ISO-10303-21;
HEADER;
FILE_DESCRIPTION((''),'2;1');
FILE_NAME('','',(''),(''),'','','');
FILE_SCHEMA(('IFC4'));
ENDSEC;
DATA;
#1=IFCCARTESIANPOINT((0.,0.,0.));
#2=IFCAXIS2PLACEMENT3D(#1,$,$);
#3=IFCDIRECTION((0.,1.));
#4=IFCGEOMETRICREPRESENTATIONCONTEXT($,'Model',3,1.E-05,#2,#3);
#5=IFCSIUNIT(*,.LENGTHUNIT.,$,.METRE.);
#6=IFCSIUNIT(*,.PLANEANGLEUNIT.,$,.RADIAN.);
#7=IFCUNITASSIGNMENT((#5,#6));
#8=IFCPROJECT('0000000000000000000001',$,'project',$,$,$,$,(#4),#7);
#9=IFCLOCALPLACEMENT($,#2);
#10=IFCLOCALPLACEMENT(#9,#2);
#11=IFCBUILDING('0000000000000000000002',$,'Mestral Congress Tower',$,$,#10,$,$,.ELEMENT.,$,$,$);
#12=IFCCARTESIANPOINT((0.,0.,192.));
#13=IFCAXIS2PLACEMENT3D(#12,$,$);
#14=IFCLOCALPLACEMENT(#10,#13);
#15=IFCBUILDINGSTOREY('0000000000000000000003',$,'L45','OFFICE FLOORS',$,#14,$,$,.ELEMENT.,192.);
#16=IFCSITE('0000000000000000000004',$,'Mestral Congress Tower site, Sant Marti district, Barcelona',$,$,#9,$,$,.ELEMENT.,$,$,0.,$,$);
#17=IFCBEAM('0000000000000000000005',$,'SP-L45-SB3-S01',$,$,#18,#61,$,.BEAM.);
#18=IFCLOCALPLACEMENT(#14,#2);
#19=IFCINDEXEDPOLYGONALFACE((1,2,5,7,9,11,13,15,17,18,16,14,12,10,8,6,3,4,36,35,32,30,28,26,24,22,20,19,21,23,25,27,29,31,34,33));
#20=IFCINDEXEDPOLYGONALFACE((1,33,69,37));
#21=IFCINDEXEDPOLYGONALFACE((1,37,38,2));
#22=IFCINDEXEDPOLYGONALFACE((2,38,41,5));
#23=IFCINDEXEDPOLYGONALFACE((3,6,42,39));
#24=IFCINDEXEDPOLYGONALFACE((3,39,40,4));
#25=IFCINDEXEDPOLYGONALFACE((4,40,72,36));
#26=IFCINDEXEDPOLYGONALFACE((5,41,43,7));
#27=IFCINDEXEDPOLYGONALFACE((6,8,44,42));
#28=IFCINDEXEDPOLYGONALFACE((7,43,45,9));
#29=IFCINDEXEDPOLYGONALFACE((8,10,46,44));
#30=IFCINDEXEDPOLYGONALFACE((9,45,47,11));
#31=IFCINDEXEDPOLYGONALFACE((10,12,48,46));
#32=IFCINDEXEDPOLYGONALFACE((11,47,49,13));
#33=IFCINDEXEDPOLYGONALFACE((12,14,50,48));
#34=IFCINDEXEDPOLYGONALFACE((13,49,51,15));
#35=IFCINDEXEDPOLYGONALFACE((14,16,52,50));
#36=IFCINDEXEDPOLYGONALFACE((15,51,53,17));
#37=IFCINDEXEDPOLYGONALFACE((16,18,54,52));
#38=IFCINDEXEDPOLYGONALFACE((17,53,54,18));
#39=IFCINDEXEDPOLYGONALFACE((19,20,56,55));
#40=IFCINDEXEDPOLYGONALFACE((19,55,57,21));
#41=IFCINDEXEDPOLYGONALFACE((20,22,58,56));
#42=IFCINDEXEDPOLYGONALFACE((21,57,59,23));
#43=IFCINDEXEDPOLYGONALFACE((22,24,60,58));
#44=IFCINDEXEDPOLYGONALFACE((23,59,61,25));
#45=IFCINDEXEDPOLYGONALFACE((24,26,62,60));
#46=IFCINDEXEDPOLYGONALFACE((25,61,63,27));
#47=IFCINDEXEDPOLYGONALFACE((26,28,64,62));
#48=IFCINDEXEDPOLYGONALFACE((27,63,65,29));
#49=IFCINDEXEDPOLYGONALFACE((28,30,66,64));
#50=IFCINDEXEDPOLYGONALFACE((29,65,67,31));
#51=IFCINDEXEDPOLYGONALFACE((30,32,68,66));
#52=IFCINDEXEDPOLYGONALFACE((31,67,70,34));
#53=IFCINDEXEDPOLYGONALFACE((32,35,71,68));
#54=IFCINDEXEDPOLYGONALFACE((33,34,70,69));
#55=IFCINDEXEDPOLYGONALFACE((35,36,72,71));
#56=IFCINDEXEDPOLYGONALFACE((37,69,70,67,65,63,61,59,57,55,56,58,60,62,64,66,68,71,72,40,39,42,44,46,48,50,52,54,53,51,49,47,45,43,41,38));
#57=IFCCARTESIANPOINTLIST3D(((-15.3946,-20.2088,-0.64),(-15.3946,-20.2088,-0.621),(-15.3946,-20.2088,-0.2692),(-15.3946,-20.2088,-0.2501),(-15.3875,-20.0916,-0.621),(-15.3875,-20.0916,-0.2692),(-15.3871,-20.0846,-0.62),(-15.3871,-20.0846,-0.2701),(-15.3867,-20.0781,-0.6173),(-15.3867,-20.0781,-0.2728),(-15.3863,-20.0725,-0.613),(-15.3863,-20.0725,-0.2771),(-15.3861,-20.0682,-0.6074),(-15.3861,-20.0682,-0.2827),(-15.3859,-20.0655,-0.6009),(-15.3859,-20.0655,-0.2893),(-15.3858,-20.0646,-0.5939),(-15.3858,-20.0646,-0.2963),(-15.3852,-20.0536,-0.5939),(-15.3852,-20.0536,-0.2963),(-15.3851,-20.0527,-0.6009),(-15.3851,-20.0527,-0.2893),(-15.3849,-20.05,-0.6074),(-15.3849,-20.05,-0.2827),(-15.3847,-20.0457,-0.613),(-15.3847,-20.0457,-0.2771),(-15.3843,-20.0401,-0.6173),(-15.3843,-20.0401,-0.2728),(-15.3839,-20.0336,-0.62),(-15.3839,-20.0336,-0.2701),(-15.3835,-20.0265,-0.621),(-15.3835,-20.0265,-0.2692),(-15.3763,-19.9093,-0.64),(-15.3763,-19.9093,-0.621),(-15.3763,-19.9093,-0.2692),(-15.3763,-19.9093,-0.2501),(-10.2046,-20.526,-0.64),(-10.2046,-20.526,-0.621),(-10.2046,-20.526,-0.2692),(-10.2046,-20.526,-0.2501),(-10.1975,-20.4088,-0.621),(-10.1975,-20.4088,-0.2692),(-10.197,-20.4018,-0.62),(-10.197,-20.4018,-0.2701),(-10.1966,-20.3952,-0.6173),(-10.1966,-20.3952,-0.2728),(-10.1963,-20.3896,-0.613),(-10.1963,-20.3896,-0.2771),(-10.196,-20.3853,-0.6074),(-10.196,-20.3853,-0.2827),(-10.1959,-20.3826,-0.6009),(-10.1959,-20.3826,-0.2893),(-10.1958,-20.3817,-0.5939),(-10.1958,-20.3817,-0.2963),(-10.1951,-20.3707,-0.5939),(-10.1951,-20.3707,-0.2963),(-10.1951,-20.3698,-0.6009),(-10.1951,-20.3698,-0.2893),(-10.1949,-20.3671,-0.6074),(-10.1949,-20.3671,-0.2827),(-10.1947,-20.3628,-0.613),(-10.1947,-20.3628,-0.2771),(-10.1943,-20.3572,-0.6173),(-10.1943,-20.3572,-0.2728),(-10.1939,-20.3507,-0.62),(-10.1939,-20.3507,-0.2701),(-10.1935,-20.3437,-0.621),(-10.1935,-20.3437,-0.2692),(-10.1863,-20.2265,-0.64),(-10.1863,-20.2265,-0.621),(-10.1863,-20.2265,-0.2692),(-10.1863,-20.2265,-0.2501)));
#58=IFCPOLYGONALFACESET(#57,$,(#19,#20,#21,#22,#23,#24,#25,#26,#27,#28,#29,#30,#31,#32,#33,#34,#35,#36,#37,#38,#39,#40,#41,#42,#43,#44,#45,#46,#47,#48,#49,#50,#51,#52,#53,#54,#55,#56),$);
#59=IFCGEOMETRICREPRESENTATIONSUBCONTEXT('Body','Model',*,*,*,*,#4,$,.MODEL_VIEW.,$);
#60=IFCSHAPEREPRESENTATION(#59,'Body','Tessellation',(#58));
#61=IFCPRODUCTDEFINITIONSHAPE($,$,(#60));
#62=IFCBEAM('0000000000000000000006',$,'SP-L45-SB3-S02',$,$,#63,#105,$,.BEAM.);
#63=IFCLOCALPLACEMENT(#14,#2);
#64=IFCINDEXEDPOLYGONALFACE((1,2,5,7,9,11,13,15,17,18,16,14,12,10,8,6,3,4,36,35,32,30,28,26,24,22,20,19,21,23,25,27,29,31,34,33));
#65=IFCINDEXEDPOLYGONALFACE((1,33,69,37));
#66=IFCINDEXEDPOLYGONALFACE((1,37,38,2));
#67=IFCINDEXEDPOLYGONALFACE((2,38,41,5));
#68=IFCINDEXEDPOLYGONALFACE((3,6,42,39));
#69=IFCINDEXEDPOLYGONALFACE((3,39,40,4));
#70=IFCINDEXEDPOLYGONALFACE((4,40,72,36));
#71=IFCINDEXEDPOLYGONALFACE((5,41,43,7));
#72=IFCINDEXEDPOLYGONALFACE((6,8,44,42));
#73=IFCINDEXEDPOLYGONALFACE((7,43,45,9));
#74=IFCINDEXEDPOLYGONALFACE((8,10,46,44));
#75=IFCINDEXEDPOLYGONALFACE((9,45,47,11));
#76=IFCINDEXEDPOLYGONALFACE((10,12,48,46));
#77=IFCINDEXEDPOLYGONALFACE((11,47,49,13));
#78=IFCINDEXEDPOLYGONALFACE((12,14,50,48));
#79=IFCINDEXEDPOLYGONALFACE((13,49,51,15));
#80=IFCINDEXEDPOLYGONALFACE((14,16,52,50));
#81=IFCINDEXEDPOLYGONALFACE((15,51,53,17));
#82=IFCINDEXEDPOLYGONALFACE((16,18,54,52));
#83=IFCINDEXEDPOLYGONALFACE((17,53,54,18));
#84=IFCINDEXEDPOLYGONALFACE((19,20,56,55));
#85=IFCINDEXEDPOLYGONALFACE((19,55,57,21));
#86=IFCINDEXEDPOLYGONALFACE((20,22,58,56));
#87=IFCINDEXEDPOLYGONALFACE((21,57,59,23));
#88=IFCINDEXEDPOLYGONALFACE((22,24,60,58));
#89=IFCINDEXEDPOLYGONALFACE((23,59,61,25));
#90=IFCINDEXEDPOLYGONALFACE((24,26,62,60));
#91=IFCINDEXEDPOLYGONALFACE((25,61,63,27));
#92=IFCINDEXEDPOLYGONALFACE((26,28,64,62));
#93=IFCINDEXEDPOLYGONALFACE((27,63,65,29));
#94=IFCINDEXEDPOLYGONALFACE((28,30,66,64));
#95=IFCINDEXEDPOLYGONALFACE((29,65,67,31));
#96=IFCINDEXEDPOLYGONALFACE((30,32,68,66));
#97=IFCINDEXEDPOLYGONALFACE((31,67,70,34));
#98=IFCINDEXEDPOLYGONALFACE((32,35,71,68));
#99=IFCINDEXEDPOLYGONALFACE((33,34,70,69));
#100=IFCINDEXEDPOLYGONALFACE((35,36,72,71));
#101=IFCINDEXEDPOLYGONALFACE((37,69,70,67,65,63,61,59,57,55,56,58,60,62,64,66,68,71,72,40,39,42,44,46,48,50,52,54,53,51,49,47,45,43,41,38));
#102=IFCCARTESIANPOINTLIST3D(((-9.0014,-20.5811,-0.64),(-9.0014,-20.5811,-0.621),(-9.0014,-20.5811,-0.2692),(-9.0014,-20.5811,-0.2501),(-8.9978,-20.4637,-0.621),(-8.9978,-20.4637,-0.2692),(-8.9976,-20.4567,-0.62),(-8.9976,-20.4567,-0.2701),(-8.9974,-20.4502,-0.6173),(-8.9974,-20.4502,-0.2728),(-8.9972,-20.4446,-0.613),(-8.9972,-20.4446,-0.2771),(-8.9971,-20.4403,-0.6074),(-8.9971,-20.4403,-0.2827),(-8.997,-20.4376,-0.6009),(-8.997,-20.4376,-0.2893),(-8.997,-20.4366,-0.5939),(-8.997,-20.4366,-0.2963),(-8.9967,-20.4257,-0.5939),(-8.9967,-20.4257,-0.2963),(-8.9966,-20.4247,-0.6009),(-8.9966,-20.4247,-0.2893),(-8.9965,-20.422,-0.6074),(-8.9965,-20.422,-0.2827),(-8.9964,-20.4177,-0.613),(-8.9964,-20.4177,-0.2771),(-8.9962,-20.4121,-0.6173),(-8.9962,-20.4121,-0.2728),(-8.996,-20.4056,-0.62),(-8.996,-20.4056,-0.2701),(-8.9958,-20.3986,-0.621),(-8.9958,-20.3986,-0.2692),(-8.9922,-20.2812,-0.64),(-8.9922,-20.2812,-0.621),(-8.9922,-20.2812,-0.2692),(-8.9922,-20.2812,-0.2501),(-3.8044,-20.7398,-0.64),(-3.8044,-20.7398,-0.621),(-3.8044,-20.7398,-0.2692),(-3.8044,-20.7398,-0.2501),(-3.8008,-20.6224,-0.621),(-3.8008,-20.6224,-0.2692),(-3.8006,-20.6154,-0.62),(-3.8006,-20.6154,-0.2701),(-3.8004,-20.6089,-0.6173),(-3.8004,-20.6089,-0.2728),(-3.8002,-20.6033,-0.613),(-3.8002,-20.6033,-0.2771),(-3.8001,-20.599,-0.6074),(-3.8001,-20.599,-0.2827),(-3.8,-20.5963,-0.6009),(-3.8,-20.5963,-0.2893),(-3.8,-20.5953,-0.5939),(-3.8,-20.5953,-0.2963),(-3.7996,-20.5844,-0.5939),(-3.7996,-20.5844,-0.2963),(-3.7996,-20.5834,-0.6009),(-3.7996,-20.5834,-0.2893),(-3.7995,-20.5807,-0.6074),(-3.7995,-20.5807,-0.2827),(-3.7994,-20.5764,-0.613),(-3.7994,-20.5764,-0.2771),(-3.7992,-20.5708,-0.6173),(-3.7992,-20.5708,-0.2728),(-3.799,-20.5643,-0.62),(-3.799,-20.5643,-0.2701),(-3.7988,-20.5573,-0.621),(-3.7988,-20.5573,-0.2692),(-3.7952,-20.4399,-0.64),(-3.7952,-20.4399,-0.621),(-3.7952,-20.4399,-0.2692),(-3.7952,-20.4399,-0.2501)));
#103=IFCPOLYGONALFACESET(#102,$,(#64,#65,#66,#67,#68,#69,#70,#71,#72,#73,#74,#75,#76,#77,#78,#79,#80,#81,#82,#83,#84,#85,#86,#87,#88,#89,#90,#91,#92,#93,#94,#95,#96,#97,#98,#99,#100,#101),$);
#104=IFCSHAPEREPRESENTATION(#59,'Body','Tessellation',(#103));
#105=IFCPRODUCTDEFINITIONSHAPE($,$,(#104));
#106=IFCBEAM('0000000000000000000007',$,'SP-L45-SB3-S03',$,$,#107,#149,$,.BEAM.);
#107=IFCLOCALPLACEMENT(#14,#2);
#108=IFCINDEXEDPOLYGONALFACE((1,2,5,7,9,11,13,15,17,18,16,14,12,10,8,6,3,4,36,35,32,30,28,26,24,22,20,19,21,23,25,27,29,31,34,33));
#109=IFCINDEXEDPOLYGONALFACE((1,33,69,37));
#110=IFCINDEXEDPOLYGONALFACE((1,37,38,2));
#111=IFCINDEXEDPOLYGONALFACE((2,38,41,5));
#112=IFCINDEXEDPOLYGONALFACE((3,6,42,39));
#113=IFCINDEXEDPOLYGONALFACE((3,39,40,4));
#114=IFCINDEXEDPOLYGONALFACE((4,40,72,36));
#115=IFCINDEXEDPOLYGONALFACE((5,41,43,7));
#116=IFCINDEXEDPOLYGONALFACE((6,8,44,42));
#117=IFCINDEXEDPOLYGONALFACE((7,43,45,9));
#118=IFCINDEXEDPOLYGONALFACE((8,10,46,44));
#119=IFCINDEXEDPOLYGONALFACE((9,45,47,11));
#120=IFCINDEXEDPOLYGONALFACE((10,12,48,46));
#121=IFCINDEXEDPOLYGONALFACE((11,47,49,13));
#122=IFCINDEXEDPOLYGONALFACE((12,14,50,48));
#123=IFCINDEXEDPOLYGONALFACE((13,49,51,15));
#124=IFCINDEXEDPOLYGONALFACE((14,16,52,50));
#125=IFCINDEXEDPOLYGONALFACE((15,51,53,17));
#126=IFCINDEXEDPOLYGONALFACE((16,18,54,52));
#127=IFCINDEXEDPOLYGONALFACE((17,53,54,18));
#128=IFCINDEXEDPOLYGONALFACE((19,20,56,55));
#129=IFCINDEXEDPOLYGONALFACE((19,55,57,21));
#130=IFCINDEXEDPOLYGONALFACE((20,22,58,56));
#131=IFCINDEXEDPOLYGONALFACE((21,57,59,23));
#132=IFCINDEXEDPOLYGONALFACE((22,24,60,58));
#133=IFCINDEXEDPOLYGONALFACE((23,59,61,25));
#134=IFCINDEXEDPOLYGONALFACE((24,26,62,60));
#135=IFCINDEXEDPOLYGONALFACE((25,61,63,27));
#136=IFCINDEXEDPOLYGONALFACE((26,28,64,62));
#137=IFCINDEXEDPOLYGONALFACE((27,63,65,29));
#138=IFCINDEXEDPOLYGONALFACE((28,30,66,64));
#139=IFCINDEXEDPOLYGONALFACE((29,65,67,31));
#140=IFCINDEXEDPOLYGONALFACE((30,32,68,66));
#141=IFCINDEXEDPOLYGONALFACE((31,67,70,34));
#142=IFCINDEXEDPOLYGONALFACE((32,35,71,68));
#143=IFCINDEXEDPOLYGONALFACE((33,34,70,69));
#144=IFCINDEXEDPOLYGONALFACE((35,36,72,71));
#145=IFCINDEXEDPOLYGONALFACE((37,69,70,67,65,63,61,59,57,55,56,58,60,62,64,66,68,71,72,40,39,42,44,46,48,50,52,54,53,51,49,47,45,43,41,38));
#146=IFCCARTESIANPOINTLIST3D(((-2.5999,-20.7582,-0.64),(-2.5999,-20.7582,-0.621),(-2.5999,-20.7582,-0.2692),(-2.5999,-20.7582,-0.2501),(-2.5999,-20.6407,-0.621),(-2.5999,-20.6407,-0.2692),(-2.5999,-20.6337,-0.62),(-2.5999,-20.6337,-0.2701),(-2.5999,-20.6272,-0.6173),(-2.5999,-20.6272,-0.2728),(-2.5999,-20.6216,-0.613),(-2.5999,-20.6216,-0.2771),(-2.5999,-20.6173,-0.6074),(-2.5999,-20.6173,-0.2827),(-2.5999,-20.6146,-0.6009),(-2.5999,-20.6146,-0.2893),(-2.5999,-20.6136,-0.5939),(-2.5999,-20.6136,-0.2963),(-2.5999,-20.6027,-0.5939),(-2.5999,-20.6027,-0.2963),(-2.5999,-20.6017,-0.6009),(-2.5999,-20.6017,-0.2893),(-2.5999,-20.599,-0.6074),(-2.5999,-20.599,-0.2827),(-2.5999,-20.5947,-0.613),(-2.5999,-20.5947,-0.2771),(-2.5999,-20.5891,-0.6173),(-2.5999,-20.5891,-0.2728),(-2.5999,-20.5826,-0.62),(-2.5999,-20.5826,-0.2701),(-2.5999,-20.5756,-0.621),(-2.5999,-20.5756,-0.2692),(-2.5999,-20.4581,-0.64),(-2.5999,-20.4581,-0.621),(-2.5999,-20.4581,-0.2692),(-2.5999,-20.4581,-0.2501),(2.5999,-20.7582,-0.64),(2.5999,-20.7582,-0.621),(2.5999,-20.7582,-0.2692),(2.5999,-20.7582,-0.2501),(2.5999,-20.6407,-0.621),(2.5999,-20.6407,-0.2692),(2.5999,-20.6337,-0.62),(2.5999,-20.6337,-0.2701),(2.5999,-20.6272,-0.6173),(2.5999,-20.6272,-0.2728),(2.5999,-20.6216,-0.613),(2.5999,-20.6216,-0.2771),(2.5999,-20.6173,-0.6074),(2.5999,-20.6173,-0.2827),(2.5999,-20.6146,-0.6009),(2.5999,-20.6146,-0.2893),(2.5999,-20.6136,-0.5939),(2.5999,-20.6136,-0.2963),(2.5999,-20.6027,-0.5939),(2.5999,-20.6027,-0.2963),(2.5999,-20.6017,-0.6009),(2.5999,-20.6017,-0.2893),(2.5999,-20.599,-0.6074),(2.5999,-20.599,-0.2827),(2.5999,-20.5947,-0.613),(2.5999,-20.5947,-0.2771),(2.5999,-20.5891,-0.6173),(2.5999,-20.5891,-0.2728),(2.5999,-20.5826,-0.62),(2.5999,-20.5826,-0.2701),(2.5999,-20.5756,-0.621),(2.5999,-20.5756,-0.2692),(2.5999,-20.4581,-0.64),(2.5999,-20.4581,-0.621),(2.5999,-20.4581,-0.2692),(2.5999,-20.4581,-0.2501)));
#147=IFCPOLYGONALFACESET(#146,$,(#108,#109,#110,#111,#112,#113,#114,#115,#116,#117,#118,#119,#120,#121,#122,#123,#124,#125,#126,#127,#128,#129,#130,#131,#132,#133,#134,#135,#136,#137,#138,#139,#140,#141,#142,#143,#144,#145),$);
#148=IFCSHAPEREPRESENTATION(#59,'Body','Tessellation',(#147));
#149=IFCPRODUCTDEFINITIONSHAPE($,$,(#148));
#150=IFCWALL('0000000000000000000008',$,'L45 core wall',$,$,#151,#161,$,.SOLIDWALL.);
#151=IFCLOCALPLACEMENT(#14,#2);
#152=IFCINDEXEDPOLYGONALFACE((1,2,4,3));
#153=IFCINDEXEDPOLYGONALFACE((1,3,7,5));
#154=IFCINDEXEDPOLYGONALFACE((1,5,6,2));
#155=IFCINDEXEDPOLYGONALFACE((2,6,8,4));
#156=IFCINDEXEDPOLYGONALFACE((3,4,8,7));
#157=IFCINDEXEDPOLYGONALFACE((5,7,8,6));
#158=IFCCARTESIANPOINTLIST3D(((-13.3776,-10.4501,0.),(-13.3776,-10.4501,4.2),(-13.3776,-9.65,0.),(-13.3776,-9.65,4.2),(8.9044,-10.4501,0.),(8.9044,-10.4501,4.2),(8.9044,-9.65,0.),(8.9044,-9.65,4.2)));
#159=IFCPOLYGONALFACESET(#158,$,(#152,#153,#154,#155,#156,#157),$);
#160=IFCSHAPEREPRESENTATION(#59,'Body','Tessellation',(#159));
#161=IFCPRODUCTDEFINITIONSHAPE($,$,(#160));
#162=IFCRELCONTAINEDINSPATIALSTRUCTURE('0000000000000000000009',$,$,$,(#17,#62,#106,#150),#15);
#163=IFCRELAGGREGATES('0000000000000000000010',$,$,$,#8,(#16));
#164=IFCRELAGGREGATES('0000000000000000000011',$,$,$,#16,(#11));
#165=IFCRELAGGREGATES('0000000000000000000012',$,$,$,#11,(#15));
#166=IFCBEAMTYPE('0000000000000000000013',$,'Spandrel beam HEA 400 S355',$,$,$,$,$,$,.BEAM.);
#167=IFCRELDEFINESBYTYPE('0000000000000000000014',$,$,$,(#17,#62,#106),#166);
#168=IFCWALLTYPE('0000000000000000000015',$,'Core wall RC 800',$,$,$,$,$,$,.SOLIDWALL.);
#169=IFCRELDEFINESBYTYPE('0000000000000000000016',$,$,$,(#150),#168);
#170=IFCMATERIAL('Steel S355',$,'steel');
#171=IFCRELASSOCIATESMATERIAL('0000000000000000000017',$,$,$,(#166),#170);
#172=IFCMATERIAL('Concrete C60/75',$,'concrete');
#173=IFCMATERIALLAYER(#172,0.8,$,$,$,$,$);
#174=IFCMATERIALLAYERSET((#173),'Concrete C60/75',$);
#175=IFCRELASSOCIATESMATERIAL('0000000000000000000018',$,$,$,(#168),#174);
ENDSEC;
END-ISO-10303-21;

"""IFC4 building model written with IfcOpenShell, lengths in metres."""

from ifc_helpers import new_model, si_unit, direction, frame, frame_2d, origin, origin_2d, place, context, subcontext, project, spatial, rectangle, i_section, extrude, material, layer, layer_set, material_profile, profile_set, type_object, element, save


model = new_model("IFC4")

# Units and contexts
model_context = context("Model", 3, precision=1e-05, world=origin(), true_north=direction((0.0, 1.0)))
body_context = subcontext(model_context, "Body", "Model", "MODEL_VIEW")
ifc_project = project(units=[si_unit("LENGTHUNIT", "METRE"), si_unit("PLANEANGLEUNIT", "RADIAN")], contexts=[model_context])

# Site, building, storey
site_placement = place(None, origin())
site = spatial("IfcSite", under=ifc_project, at=site_placement, Name="Mestral Congress Tower site, Sant Marti district, Barcelona", CompositionType="ELEMENT", RefElevation=0.0)
building_placement = place(site_placement, origin())
building = spatial("IfcBuilding", under=site, at=building_placement, Name="Mestral Congress Tower", CompositionType="ELEMENT")
storey_placement = place(building_placement, frame((0.0, 0.0, 192.0)))
storey = spatial("IfcBuildingStorey", under=building, at=storey_placement, Name="L45", Description="OFFICE FLOORS", CompositionType="ELEMENT", Elevation=192.0)

# Shared definitions
ifc_material_1 = material(Name="Concrete C60/75", Category="concrete")

# Beams
ifc_material_2 = material(Name="Steel S355", Category="steel")
ifc_material_profile_1 = material_profile(ifc_material_2, i_section(OverallWidth=0.3, OverallDepth=0.3899, WebThickness=0.011, FlangeThickness=0.019, FilletRadius=0.0271, at=origin_2d()), Name="HEA 400")
ifc_profile_set_1 = profile_set([ifc_material_profile_1], Name="Steel S355")
beam_type_1 = type_object("IfcBeamType", Name="Spandrel beam HEA 400 S355", PredefinedType="BEAM", material=ifc_profile_set_1)
beam_1_placement = place(storey_placement, frame((-15.3855, -20.0591, -0.4451), z_axis=(0.998138, -0.060993, 0.0), x_axis=(0.060993, 0.998138, 0.0)))
element("IfcBeam", 1, at=beam_1_placement, inside=storey, type_object=beam_type_1, Name="SP-L45-SB3-S01", PredefinedType="BEAM", context=body_context, shape_type="SweptSolid", body=[
    extrude(i_section(OverallWidth=0.3, OverallDepth=0.3899, WebThickness=0.011, FlangeThickness=0.019, FilletRadius=0.0271, at=origin_2d()), origin(), (0.0, 0.0, 1.0), 5.1997),
])
beam_2_placement = place(storey_placement, frame((-8.9968, -20.4312, -0.4451), z_axis=(0.999534, -0.030521, 0.0), x_axis=(0.030521, 0.999534, 0.0)))
element("IfcBeam", 2, at=beam_2_placement, inside=storey, type_object=beam_type_1, Name="SP-L45-SB3-S02", PredefinedType="BEAM", context=body_context, shape_type="SweptSolid", body=[
    extrude(i_section(OverallWidth=0.3, OverallDepth=0.3899, WebThickness=0.011, FlangeThickness=0.019, FilletRadius=0.0271, at=origin_2d()), origin(), (0.0, 0.0, 1.0), 5.1995),
])
beam_3_placement = place(storey_placement, frame((-2.5999, -20.6082, -0.4451), z_axis=(1.0, 0.0, 0.0), x_axis=(0.0, 1.0, 0.0)))
element("IfcBeam", 3, at=beam_3_placement, inside=storey, type_object=beam_type_1, Name="SP-L45-SB3-S03", PredefinedType="BEAM", context=body_context, shape_type="SweptSolid", body=[
    extrude(i_section(OverallWidth=0.3, OverallDepth=0.3899, WebThickness=0.011, FlangeThickness=0.019, FilletRadius=0.0271, at=origin_2d()), origin(), (0.0, 0.0, 1.0), 5.1997),
])

# Wall
ifc_layer_1 = layer(ifc_material_1, 0.8)
ifc_layer_set_1 = layer_set([ifc_layer_1], Name="Concrete C60/75")
wall_type_1 = type_object("IfcWallType", Name="Core wall RC 800", PredefinedType="SOLIDWALL", material=ifc_layer_set_1)
wall_1_placement = place(storey_placement, frame((-13.3777, -10.05, 0.0), z_axis=(0.0, 0.0, 1.0), x_axis=(1.0, 0.0, 0.0)))
element("IfcWall", 4, at=wall_1_placement, inside=storey, type_object=wall_type_1, Name="L45 core wall", PredefinedType="SOLIDWALL", context=body_context, shape_type="SweptSolid", body=[
    extrude(rectangle(XDim=22.282, YDim=0.8, at=frame_2d((11.1411, 0.0))), origin(), (0.0, 0.0, 1.0), 4.2),
])

save(model, "model.ifc")
